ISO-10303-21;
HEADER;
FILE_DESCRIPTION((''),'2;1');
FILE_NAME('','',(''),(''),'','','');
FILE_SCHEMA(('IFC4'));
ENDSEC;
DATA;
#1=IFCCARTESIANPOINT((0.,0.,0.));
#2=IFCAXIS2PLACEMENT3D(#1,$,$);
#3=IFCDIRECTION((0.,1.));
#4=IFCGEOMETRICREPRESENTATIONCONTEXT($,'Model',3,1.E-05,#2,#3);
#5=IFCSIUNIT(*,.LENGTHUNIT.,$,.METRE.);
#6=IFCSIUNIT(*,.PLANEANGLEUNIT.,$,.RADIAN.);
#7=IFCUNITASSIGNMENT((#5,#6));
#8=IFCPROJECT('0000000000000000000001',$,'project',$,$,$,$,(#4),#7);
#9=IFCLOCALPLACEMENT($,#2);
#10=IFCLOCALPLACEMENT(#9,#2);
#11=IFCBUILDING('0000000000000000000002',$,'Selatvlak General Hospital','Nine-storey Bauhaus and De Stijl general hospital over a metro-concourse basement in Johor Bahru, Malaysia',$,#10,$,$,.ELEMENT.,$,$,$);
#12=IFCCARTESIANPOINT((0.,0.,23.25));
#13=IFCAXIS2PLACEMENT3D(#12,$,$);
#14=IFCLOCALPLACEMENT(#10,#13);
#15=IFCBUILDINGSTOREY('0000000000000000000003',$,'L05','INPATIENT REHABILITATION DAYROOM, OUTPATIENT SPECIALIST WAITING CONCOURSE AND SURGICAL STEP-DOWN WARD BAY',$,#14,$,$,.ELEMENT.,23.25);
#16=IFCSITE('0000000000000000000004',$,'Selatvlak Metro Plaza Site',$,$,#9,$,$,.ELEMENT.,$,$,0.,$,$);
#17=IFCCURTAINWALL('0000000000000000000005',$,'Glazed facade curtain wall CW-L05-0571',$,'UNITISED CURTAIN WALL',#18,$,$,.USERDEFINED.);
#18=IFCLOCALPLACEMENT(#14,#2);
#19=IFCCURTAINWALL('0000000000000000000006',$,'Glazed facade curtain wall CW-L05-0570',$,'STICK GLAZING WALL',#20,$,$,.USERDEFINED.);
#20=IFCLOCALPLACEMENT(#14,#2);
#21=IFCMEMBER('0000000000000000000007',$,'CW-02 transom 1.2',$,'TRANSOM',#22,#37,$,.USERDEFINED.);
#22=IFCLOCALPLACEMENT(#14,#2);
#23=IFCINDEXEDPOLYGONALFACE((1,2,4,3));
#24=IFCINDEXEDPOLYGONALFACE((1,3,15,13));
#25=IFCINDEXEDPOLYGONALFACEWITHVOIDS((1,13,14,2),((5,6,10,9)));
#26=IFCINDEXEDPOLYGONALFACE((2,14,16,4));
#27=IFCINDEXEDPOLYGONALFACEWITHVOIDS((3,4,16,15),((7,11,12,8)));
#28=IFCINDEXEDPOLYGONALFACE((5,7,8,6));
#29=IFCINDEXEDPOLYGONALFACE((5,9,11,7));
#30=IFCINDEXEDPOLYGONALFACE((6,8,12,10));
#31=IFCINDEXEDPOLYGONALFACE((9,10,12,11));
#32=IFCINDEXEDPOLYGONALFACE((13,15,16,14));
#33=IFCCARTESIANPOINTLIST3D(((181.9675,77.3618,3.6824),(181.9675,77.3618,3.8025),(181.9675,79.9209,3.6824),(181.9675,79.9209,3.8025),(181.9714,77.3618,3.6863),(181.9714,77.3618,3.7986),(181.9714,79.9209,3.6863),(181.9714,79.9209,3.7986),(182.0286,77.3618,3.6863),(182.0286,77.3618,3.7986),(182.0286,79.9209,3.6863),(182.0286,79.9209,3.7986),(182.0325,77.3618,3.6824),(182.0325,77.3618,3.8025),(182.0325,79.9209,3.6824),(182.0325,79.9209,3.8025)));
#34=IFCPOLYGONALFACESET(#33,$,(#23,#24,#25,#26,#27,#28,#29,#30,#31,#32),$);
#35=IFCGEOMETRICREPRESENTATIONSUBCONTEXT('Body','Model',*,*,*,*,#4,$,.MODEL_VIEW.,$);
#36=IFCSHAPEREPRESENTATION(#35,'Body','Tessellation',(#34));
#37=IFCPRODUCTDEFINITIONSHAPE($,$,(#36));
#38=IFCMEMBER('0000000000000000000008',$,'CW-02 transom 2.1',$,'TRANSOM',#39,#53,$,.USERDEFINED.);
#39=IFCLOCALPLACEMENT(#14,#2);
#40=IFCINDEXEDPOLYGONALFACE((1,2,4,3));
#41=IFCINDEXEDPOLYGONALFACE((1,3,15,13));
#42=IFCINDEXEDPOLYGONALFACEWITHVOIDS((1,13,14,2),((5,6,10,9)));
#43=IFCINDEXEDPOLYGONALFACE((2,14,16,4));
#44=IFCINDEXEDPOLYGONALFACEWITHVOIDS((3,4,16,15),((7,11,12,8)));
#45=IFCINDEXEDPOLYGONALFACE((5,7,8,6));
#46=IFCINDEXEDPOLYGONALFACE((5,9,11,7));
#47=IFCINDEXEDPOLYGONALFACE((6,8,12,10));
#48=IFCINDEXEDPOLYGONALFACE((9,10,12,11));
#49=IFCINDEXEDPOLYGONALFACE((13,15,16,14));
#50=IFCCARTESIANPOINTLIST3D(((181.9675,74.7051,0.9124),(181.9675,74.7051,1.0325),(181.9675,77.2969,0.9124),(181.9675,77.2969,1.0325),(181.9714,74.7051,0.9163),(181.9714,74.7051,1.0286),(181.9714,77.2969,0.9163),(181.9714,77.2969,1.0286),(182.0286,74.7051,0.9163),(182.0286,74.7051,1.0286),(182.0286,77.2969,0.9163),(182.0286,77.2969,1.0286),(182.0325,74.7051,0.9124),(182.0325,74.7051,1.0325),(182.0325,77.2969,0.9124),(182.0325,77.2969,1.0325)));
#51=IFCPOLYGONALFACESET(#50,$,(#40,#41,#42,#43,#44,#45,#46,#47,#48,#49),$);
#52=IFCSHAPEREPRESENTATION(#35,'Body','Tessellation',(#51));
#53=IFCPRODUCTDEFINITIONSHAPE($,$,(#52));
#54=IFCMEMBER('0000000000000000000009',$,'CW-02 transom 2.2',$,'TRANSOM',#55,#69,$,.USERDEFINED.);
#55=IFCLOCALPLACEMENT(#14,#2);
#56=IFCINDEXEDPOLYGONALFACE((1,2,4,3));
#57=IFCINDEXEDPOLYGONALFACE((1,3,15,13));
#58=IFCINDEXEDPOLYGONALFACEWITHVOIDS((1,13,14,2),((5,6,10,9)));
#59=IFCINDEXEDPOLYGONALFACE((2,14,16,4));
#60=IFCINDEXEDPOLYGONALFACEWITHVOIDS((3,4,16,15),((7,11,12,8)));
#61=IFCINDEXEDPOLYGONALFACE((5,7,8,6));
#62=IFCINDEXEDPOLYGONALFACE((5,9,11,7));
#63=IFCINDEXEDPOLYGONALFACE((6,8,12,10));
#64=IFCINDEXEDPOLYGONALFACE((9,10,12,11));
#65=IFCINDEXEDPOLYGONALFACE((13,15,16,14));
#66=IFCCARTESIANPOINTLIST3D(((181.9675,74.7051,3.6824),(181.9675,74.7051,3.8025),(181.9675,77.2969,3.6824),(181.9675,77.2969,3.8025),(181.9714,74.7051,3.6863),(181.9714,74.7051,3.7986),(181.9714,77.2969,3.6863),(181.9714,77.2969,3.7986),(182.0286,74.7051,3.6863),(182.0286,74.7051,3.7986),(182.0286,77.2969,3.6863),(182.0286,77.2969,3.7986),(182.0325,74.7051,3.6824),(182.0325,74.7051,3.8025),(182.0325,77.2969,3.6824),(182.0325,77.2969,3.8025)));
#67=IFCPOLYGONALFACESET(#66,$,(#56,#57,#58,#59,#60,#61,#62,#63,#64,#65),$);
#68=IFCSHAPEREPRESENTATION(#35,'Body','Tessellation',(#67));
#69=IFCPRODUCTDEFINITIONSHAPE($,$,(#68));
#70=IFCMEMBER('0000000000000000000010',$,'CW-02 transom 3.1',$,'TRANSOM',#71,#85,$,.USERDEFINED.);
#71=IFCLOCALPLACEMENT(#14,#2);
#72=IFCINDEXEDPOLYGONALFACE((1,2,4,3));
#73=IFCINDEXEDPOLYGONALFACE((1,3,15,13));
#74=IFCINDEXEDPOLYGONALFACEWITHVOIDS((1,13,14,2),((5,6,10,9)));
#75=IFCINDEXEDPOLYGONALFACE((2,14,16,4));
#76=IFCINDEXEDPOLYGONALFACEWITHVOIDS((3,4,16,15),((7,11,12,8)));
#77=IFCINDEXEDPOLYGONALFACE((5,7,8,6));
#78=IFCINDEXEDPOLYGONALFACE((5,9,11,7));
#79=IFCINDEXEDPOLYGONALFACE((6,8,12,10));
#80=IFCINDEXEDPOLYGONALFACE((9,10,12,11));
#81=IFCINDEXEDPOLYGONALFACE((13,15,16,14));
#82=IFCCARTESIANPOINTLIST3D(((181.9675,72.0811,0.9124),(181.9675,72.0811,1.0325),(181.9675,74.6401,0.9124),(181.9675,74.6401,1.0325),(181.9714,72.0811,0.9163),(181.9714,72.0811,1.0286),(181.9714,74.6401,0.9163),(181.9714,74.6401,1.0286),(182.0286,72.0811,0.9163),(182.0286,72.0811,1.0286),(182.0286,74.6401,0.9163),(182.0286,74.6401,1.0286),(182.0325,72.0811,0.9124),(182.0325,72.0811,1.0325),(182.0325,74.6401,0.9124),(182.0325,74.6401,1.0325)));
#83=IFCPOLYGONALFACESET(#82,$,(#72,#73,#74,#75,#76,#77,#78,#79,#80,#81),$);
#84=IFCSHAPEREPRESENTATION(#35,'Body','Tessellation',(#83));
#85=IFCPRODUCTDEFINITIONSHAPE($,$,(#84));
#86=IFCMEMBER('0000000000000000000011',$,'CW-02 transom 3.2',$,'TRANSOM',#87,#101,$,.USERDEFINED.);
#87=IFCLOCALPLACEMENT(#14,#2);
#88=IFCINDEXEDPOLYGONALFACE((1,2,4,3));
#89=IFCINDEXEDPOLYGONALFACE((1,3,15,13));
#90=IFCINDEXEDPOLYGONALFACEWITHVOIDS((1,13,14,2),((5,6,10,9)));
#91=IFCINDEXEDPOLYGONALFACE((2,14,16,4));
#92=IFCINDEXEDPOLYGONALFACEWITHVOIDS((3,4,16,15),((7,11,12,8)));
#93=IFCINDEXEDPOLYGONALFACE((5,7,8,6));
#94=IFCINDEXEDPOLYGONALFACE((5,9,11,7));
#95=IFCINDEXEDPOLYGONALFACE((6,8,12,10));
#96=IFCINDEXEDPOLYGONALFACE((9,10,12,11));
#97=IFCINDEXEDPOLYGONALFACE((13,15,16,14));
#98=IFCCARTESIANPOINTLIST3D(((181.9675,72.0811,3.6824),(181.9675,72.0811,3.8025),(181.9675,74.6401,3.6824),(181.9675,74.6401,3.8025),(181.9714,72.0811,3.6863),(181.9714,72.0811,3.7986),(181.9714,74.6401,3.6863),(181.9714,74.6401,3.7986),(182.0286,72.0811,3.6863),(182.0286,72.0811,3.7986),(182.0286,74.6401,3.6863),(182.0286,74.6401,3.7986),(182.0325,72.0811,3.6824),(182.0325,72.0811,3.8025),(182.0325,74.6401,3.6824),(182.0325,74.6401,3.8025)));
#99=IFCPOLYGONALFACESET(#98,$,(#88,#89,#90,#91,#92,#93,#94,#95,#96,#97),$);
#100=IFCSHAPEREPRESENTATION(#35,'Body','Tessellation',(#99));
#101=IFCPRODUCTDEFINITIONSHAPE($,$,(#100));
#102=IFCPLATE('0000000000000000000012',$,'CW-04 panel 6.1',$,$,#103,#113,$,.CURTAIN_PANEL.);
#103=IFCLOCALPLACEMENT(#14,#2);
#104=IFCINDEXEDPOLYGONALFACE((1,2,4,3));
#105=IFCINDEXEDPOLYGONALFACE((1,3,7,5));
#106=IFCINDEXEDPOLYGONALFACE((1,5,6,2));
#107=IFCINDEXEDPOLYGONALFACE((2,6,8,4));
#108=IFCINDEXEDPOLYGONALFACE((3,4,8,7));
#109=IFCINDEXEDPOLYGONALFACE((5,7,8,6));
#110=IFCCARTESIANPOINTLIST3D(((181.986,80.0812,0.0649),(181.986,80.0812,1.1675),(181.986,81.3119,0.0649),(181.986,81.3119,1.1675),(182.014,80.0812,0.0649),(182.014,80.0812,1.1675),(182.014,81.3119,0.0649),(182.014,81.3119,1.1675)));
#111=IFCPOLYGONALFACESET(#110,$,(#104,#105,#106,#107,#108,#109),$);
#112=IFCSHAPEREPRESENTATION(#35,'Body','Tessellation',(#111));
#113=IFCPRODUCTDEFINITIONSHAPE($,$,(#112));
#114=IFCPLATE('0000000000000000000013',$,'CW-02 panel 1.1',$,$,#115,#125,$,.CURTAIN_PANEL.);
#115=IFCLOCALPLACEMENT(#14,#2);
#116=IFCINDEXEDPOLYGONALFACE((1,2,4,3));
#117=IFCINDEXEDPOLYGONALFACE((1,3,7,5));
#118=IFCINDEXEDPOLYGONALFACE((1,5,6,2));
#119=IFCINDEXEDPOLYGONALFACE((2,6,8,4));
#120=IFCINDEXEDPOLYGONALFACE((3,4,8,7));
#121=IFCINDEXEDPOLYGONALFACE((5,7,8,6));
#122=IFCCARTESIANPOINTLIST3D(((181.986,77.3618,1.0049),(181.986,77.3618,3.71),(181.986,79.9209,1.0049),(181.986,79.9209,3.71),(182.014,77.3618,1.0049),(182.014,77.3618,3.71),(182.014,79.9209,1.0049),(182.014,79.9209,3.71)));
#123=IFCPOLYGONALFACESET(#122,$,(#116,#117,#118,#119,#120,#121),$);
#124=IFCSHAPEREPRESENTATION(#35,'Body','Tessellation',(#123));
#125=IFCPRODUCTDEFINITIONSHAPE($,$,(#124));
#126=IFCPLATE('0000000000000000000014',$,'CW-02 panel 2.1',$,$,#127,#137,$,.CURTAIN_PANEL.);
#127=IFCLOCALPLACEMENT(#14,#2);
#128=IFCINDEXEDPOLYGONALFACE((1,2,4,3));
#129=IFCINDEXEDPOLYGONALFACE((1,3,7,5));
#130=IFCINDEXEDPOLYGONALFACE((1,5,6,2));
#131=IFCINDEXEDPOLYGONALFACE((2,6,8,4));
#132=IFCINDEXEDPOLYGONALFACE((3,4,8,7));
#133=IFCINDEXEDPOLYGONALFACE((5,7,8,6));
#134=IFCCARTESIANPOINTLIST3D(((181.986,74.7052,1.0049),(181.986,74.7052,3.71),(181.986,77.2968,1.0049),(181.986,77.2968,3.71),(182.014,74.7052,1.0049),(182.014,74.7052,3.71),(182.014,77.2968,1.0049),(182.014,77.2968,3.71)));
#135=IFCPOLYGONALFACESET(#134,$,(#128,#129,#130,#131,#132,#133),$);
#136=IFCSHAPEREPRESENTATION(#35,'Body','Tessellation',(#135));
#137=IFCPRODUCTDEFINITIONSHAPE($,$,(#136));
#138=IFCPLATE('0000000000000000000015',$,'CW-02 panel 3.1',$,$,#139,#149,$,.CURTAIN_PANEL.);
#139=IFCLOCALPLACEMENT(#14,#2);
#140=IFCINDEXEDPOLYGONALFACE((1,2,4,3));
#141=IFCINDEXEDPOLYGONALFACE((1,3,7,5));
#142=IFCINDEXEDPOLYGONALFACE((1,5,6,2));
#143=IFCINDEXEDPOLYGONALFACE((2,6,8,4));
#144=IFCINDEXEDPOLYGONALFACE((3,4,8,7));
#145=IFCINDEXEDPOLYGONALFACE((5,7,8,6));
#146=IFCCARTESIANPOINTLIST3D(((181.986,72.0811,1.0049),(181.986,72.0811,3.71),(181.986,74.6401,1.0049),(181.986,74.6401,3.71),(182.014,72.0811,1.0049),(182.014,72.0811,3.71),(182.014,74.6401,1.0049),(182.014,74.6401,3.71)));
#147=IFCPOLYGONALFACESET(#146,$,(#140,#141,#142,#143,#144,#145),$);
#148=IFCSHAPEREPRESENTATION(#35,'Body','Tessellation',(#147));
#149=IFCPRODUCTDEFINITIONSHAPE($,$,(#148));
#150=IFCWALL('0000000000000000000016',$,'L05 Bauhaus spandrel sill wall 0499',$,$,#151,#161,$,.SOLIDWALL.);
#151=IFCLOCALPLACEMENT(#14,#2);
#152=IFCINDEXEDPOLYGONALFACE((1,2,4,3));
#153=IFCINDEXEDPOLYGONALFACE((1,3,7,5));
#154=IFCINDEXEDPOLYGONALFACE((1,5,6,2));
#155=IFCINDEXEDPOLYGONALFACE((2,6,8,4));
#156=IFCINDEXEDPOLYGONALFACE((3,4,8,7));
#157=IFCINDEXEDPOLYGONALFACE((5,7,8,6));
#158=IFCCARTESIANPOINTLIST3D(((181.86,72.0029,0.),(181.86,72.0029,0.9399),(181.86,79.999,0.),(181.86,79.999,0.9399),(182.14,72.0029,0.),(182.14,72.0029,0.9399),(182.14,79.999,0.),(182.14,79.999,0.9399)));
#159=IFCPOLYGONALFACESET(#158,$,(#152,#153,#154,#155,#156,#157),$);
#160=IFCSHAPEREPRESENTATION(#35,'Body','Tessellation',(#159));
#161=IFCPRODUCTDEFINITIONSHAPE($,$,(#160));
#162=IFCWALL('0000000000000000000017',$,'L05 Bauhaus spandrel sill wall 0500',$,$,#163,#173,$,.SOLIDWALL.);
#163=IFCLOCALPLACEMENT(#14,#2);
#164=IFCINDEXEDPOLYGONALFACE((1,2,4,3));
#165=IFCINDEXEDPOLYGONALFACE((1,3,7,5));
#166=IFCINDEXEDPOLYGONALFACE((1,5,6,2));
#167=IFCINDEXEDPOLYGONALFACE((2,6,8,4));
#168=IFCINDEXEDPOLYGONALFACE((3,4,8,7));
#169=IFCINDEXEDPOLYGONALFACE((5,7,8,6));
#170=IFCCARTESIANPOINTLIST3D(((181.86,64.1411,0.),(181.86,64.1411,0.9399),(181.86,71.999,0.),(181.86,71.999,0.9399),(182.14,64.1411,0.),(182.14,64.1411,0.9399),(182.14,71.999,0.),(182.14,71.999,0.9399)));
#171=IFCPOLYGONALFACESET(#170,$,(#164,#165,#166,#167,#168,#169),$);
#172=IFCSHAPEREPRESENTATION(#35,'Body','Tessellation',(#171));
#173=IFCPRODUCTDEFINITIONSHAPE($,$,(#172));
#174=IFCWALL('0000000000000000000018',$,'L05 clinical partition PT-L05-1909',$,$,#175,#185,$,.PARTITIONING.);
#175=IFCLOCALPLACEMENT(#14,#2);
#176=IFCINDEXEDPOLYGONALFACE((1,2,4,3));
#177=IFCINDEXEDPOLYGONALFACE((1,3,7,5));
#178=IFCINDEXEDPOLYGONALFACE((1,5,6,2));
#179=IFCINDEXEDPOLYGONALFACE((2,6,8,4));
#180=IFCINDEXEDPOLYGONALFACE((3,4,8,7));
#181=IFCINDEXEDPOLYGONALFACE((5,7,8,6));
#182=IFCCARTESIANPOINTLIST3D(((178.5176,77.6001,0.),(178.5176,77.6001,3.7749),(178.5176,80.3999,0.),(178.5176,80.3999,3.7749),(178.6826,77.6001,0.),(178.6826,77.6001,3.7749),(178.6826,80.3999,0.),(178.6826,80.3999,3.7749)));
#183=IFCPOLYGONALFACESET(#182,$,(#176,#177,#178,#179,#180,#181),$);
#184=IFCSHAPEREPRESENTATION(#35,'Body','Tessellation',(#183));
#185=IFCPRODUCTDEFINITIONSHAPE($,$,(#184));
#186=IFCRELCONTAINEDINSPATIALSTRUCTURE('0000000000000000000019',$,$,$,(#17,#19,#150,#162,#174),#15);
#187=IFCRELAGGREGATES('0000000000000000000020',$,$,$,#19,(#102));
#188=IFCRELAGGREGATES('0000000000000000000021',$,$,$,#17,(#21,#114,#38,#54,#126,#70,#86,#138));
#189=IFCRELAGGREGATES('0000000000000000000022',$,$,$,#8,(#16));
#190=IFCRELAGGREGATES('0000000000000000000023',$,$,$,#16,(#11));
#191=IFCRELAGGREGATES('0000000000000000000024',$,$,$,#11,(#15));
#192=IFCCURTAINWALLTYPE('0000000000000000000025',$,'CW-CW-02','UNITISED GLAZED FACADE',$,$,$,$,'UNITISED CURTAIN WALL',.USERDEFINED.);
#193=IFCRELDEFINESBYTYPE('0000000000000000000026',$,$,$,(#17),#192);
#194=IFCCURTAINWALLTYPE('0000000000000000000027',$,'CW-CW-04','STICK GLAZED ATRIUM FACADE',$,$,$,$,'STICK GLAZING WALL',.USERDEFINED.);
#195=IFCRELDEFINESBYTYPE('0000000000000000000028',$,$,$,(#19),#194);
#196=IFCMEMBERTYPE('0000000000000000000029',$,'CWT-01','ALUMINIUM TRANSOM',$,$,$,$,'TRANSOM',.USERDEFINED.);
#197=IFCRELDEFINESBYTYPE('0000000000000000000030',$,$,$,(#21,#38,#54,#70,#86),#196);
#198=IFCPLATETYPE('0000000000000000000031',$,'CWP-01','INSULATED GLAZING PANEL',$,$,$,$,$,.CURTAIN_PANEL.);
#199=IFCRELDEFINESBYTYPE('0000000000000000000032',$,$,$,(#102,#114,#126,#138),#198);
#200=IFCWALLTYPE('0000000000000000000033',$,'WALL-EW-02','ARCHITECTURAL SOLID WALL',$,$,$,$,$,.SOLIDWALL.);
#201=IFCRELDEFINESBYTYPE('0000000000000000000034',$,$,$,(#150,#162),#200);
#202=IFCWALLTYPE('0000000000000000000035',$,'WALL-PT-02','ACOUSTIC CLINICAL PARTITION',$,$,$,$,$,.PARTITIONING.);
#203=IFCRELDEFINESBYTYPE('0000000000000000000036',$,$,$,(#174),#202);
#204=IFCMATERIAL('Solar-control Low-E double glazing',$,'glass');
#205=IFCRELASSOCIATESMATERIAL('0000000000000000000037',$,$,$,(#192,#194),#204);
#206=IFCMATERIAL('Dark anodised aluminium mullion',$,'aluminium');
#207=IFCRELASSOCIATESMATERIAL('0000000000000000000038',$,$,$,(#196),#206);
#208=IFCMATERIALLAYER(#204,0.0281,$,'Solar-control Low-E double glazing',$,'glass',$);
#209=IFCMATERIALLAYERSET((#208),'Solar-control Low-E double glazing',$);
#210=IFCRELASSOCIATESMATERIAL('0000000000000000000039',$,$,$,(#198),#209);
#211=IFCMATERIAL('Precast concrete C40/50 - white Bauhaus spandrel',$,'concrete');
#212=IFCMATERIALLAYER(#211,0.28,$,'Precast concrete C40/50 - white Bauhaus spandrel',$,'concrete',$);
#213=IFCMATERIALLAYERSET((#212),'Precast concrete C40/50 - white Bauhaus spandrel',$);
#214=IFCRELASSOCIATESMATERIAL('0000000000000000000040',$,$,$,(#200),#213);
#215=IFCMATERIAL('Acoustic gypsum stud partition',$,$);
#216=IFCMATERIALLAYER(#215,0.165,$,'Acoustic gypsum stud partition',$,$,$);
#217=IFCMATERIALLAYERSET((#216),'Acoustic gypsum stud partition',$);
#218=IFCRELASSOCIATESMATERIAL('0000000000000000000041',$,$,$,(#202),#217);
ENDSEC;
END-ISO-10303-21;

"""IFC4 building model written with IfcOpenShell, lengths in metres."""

from ifc_helpers import new_model, si_unit, direction, frame, frame_2d, origin, origin_2d, place, context, subcontext, project, spatial, rectangle, hollow_rectangle, extrude, material, layer, layer_set, material_profile, profile_set, type_object, element, aggregate, save


model = new_model("IFC4")

# Units and contexts
model_context = context("Model", 3, precision=1e-05, world=origin(), true_north=direction((0.0, 1.0)))
body_context = subcontext(model_context, "Body", "Model", "MODEL_VIEW")
ifc_project = project(units=[si_unit("LENGTHUNIT", "METRE"), si_unit("PLANEANGLEUNIT", "RADIAN")], contexts=[model_context])

# Site, building, storey
site_placement = place(None, origin())
site = spatial("IfcSite", under=ifc_project, at=site_placement, Name="Selatvlak Metro Plaza Site", CompositionType="ELEMENT", RefElevation=0.0)
building_placement = place(site_placement, origin())
building = spatial("IfcBuilding", under=site, at=building_placement, Name="Selatvlak General Hospital", Description="Nine-storey Bauhaus and De Stijl general hospital over a metro-concourse basement in Johor Bahru, Malaysia", CompositionType="ELEMENT")
storey_placement = place(building_placement, frame((0.0, 0.0, 23.25)))
storey = spatial("IfcBuildingStorey", under=building, at=storey_placement, Name="L05", Description="INPATIENT REHABILITATION DAYROOM, OUTPATIENT SPECIALIST WAITING CONCOURSE AND SURGICAL STEP-DOWN WARD BAY", CompositionType="ELEMENT", Elevation=23.25)

# Curtain wall
ifc_material_1 = material(Name="Solar-control Low-E double glazing", Category="glass")
curtain_wall_type_1 = type_object("IfcCurtainWallType", Name="CW-CW-02", Description="UNITISED GLAZED FACADE", ElementType="UNITISED CURTAIN WALL", PredefinedType="USERDEFINED", material=ifc_material_1)
curtain_wall_1_placement = place(storey_placement, origin())
curtain_wall_1 = element("IfcCurtainWall", 1, at=curtain_wall_1_placement, inside=storey, type_object=curtain_wall_type_1, Name="Glazed facade curtain wall CW-L05-0571", ObjectType="UNITISED CURTAIN WALL", PredefinedType="USERDEFINED")
ifc_material_2 = material(Name="Dark anodised aluminium mullion", Category="aluminium")

# Curtain wall
curtain_wall_type_2 = type_object("IfcCurtainWallType", Name="CW-CW-04", Description="STICK GLAZED ATRIUM FACADE", ElementType="STICK GLAZING WALL", PredefinedType="USERDEFINED", material=ifc_material_1)
curtain_wall_2_placement = place(storey_placement, origin())
curtain_wall_2 = element("IfcCurtainWall", 2, at=curtain_wall_2_placement, inside=storey, type_object=curtain_wall_type_2, Name="Glazed facade curtain wall CW-L05-0570", ObjectType="STICK GLAZING WALL", PredefinedType="USERDEFINED")

# Members
ifc_material_profile_1 = material_profile(ifc_material_2, hollow_rectangle(XDim=0.0649, YDim=0.1201, WallThickness=0.0039, at=origin_2d()), Name="AL-TRN 65x120x4")
ifc_profile_set_1 = profile_set([ifc_material_profile_1], Name="Dark anodised aluminium mullion")
member_type_1 = type_object("IfcMemberType", Name="CWT-01", Description="ALUMINIUM TRANSOM", ElementType="TRANSOM", PredefinedType="USERDEFINED", material=ifc_profile_set_1)
member_1_placement = place(storey_placement, frame((182.0, 79.9209, 3.7424), z_axis=(0.0, -1.0, 0.0), x_axis=(1.0, 0.0, 0.0)))
member_1 = element("IfcMember", 3, at=member_1_placement, type_object=member_type_1, Name="CW-02 transom 1.2", ObjectType="TRANSOM", PredefinedType="USERDEFINED", context=body_context, shape_type="SweptSolid", body=[
    extrude(hollow_rectangle(XDim=0.0649, YDim=0.1201, WallThickness=0.0039, at=origin_2d()), origin(), (0.0, 0.0, 1.0), 2.5591),
])
member_2_placement = place(storey_placement, frame((182.0, 77.2969, 0.9724), z_axis=(0.0, -1.0, 0.0), x_axis=(1.0, 0.0, 0.0)))
member_2 = element("IfcMember", 4, at=member_2_placement, type_object=member_type_1, Name="CW-02 transom 2.1", ObjectType="TRANSOM", PredefinedType="USERDEFINED", context=body_context, shape_type="SweptSolid", body=[
    extrude(hollow_rectangle(XDim=0.0649, YDim=0.1201, WallThickness=0.0039, at=origin_2d()), origin(), (0.0, 0.0, 1.0), 2.5918),
])
member_3_placement = place(storey_placement, frame((182.0, 77.2969, 3.7424), z_axis=(0.0, -1.0, 0.0), x_axis=(1.0, 0.0, 0.0)))
member_3 = element("IfcMember", 5, at=member_3_placement, type_object=member_type_1, Name="CW-02 transom 2.2", ObjectType="TRANSOM", PredefinedType="USERDEFINED", context=body_context, shape_type="SweptSolid", body=[
    extrude(hollow_rectangle(XDim=0.0649, YDim=0.1201, WallThickness=0.0039, at=origin_2d()), origin(), (0.0, 0.0, 1.0), 2.5918),
])
member_4_placement = place(storey_placement, frame((182.0, 74.6401, 0.9724), z_axis=(0.0, -1.0, 0.0), x_axis=(1.0, 0.0, 0.0)))
member_4 = element("IfcMember", 6, at=member_4_placement, type_object=member_type_1, Name="CW-02 transom 3.1", ObjectType="TRANSOM", PredefinedType="USERDEFINED", context=body_context, shape_type="SweptSolid", body=[
    extrude(hollow_rectangle(XDim=0.0649, YDim=0.1201, WallThickness=0.0039, at=origin_2d()), origin(), (0.0, 0.0, 1.0), 2.5591),
])
member_5_placement = place(storey_placement, frame((182.0, 74.6401, 3.7424), z_axis=(0.0, -1.0, 0.0), x_axis=(1.0, 0.0, 0.0)))
member_5 = element("IfcMember", 7, at=member_5_placement, type_object=member_type_1, Name="CW-02 transom 3.2", ObjectType="TRANSOM", PredefinedType="USERDEFINED", context=body_context, shape_type="SweptSolid", body=[
    extrude(hollow_rectangle(XDim=0.0649, YDim=0.1201, WallThickness=0.0039, at=origin_2d()), origin(), (0.0, 0.0, 1.0), 2.5591),
])

# Plates
ifc_layer_1 = layer(ifc_material_1, 0.0281, Name="Solar-control Low-E double glazing", Category="glass")
ifc_layer_set_1 = layer_set([ifc_layer_1], Name="Solar-control Low-E double glazing")
plate_type = type_object("IfcPlateType", Name="CWP-01", Description="INSULATED GLAZING PANEL", PredefinedType="CURTAIN_PANEL", material=ifc_layer_set_1)
plate_1_placement = place(storey_placement, frame((182.0, 80.6965, 0.0649), z_axis=(0.0, 0.0, 1.0), x_axis=(0.0, -1.0, 0.0)))
plate_1 = element("IfcPlate", 8, at=plate_1_placement, type_object=plate_type, Name="CW-04 panel 6.1", PredefinedType="CURTAIN_PANEL", context=body_context, shape_type="SweptSolid", body=[
    extrude(rectangle(XDim=1.2307, YDim=0.0281, at=origin_2d()), origin(), (0.0, 0.0, 1.0), 1.1025),
])
aggregate(curtain_wall_2, [plate_1])
plate_2_placement = place(storey_placement, frame((182.0, 78.6414, 1.0049), z_axis=(0.0, 0.0, 1.0), x_axis=(0.0, -1.0, 0.0)))
plate_2 = element("IfcPlate", 9, at=plate_2_placement, type_object=plate_type, Name="CW-02 panel 1.1", PredefinedType="CURTAIN_PANEL", context=body_context, shape_type="SweptSolid", body=[
    extrude(rectangle(XDim=2.5591, YDim=0.0281, at=origin_2d()), origin(), (0.0, 0.0, 1.0), 2.7051),
])
plate_3_placement = place(storey_placement, frame((182.0, 76.001, 1.0049), z_axis=(0.0, 0.0, 1.0), x_axis=(0.0, -1.0, 0.0)))
plate_3 = element("IfcPlate", 10, at=plate_3_placement, type_object=plate_type, Name="CW-02 panel 2.1", PredefinedType="CURTAIN_PANEL", context=body_context, shape_type="SweptSolid", body=[
    extrude(rectangle(XDim=2.5916, YDim=0.0281, at=origin_2d()), origin(), (0.0, 0.0, 1.0), 2.7051),
])
plate_4_placement = place(storey_placement, frame((182.0, 73.3606, 1.0049), z_axis=(0.0, 0.0, 1.0), x_axis=(0.0, -1.0, 0.0)))
plate_4 = element("IfcPlate", 11, at=plate_4_placement, type_object=plate_type, Name="CW-02 panel 3.1", PredefinedType="CURTAIN_PANEL", context=body_context, shape_type="SweptSolid", body=[
    extrude(rectangle(XDim=2.5591, YDim=0.0281, at=origin_2d()), origin(), (0.0, 0.0, 1.0), 2.7051),
])
aggregate(curtain_wall_1, [member_1, plate_2, member_2, member_3, plate_3, member_4, member_5, plate_4])

# Walls
ifc_material_3 = material(Name="Precast concrete C40/50 - white Bauhaus spandrel", Category="concrete")
ifc_layer_2 = layer(ifc_material_3, 0.28, Name="Precast concrete C40/50 - white Bauhaus spandrel", Category="concrete")
ifc_layer_set_2 = layer_set([ifc_layer_2], Name="Precast concrete C40/50 - white Bauhaus spandrel")
wall_type_1 = type_object("IfcWallType", Name="WALL-EW-02", Description="ARCHITECTURAL SOLID WALL", PredefinedType="SOLIDWALL", material=ifc_layer_set_2)
wall_1_placement = place(storey_placement, frame((182.0, 79.999, 0.0), z_axis=(0.0, 0.0, 1.0), x_axis=(0.0, -1.0, 0.0)))
element("IfcWall", 12, at=wall_1_placement, inside=storey, type_object=wall_type_1, Name="L05 Bauhaus spandrel sill wall 0499", PredefinedType="SOLIDWALL", context=body_context, shape_type="SweptSolid", body=[
    extrude(rectangle(XDim=7.9961, YDim=0.28, at=frame_2d((3.998, 0.0))), origin(), (0.0, 0.0, 1.0), 0.9399),
])
wall_2_placement = place(storey_placement, frame((182.0, 71.999, 0.0), z_axis=(0.0, 0.0, 1.0), x_axis=(0.0, -1.0, 0.0)))
element("IfcWall", 13, at=wall_2_placement, inside=storey, type_object=wall_type_1, Name="L05 Bauhaus spandrel sill wall 0500", PredefinedType="SOLIDWALL", context=body_context, shape_type="SweptSolid", body=[
    extrude(rectangle(XDim=7.8579, YDim=0.28, at=frame_2d((3.929, 0.0))), origin(), (0.0, 0.0, 1.0), 0.9399),
])

# Shared definitions
ifc_material_4 = material(Name="Acoustic gypsum stud partition")

# Wall
ifc_layer_3 = layer(ifc_material_4, 0.165, Name="Acoustic gypsum stud partition")
ifc_layer_set_3 = layer_set([ifc_layer_3], Name="Acoustic gypsum stud partition")
wall_type_2 = type_object("IfcWallType", Name="WALL-PT-02", Description="ACOUSTIC CLINICAL PARTITION", PredefinedType="PARTITIONING", material=ifc_layer_set_3)
wall_3_placement = place(storey_placement, frame((178.6001, 80.3999, 0.0), z_axis=(0.0, 0.0, 1.0), x_axis=(0.0, -1.0, 0.0)))
element("IfcWall", 14, at=wall_3_placement, inside=storey, type_object=wall_type_2, Name="L05 clinical partition PT-L05-1909", PredefinedType="PARTITIONING", context=body_context, shape_type="SweptSolid", body=[
    extrude(rectangle(XDim=2.7998, YDim=0.165, at=frame_2d((1.3999, 0.0))), origin(), (0.0, 0.0, 1.0), 3.7749),
])

save(model, "model.ifc")
